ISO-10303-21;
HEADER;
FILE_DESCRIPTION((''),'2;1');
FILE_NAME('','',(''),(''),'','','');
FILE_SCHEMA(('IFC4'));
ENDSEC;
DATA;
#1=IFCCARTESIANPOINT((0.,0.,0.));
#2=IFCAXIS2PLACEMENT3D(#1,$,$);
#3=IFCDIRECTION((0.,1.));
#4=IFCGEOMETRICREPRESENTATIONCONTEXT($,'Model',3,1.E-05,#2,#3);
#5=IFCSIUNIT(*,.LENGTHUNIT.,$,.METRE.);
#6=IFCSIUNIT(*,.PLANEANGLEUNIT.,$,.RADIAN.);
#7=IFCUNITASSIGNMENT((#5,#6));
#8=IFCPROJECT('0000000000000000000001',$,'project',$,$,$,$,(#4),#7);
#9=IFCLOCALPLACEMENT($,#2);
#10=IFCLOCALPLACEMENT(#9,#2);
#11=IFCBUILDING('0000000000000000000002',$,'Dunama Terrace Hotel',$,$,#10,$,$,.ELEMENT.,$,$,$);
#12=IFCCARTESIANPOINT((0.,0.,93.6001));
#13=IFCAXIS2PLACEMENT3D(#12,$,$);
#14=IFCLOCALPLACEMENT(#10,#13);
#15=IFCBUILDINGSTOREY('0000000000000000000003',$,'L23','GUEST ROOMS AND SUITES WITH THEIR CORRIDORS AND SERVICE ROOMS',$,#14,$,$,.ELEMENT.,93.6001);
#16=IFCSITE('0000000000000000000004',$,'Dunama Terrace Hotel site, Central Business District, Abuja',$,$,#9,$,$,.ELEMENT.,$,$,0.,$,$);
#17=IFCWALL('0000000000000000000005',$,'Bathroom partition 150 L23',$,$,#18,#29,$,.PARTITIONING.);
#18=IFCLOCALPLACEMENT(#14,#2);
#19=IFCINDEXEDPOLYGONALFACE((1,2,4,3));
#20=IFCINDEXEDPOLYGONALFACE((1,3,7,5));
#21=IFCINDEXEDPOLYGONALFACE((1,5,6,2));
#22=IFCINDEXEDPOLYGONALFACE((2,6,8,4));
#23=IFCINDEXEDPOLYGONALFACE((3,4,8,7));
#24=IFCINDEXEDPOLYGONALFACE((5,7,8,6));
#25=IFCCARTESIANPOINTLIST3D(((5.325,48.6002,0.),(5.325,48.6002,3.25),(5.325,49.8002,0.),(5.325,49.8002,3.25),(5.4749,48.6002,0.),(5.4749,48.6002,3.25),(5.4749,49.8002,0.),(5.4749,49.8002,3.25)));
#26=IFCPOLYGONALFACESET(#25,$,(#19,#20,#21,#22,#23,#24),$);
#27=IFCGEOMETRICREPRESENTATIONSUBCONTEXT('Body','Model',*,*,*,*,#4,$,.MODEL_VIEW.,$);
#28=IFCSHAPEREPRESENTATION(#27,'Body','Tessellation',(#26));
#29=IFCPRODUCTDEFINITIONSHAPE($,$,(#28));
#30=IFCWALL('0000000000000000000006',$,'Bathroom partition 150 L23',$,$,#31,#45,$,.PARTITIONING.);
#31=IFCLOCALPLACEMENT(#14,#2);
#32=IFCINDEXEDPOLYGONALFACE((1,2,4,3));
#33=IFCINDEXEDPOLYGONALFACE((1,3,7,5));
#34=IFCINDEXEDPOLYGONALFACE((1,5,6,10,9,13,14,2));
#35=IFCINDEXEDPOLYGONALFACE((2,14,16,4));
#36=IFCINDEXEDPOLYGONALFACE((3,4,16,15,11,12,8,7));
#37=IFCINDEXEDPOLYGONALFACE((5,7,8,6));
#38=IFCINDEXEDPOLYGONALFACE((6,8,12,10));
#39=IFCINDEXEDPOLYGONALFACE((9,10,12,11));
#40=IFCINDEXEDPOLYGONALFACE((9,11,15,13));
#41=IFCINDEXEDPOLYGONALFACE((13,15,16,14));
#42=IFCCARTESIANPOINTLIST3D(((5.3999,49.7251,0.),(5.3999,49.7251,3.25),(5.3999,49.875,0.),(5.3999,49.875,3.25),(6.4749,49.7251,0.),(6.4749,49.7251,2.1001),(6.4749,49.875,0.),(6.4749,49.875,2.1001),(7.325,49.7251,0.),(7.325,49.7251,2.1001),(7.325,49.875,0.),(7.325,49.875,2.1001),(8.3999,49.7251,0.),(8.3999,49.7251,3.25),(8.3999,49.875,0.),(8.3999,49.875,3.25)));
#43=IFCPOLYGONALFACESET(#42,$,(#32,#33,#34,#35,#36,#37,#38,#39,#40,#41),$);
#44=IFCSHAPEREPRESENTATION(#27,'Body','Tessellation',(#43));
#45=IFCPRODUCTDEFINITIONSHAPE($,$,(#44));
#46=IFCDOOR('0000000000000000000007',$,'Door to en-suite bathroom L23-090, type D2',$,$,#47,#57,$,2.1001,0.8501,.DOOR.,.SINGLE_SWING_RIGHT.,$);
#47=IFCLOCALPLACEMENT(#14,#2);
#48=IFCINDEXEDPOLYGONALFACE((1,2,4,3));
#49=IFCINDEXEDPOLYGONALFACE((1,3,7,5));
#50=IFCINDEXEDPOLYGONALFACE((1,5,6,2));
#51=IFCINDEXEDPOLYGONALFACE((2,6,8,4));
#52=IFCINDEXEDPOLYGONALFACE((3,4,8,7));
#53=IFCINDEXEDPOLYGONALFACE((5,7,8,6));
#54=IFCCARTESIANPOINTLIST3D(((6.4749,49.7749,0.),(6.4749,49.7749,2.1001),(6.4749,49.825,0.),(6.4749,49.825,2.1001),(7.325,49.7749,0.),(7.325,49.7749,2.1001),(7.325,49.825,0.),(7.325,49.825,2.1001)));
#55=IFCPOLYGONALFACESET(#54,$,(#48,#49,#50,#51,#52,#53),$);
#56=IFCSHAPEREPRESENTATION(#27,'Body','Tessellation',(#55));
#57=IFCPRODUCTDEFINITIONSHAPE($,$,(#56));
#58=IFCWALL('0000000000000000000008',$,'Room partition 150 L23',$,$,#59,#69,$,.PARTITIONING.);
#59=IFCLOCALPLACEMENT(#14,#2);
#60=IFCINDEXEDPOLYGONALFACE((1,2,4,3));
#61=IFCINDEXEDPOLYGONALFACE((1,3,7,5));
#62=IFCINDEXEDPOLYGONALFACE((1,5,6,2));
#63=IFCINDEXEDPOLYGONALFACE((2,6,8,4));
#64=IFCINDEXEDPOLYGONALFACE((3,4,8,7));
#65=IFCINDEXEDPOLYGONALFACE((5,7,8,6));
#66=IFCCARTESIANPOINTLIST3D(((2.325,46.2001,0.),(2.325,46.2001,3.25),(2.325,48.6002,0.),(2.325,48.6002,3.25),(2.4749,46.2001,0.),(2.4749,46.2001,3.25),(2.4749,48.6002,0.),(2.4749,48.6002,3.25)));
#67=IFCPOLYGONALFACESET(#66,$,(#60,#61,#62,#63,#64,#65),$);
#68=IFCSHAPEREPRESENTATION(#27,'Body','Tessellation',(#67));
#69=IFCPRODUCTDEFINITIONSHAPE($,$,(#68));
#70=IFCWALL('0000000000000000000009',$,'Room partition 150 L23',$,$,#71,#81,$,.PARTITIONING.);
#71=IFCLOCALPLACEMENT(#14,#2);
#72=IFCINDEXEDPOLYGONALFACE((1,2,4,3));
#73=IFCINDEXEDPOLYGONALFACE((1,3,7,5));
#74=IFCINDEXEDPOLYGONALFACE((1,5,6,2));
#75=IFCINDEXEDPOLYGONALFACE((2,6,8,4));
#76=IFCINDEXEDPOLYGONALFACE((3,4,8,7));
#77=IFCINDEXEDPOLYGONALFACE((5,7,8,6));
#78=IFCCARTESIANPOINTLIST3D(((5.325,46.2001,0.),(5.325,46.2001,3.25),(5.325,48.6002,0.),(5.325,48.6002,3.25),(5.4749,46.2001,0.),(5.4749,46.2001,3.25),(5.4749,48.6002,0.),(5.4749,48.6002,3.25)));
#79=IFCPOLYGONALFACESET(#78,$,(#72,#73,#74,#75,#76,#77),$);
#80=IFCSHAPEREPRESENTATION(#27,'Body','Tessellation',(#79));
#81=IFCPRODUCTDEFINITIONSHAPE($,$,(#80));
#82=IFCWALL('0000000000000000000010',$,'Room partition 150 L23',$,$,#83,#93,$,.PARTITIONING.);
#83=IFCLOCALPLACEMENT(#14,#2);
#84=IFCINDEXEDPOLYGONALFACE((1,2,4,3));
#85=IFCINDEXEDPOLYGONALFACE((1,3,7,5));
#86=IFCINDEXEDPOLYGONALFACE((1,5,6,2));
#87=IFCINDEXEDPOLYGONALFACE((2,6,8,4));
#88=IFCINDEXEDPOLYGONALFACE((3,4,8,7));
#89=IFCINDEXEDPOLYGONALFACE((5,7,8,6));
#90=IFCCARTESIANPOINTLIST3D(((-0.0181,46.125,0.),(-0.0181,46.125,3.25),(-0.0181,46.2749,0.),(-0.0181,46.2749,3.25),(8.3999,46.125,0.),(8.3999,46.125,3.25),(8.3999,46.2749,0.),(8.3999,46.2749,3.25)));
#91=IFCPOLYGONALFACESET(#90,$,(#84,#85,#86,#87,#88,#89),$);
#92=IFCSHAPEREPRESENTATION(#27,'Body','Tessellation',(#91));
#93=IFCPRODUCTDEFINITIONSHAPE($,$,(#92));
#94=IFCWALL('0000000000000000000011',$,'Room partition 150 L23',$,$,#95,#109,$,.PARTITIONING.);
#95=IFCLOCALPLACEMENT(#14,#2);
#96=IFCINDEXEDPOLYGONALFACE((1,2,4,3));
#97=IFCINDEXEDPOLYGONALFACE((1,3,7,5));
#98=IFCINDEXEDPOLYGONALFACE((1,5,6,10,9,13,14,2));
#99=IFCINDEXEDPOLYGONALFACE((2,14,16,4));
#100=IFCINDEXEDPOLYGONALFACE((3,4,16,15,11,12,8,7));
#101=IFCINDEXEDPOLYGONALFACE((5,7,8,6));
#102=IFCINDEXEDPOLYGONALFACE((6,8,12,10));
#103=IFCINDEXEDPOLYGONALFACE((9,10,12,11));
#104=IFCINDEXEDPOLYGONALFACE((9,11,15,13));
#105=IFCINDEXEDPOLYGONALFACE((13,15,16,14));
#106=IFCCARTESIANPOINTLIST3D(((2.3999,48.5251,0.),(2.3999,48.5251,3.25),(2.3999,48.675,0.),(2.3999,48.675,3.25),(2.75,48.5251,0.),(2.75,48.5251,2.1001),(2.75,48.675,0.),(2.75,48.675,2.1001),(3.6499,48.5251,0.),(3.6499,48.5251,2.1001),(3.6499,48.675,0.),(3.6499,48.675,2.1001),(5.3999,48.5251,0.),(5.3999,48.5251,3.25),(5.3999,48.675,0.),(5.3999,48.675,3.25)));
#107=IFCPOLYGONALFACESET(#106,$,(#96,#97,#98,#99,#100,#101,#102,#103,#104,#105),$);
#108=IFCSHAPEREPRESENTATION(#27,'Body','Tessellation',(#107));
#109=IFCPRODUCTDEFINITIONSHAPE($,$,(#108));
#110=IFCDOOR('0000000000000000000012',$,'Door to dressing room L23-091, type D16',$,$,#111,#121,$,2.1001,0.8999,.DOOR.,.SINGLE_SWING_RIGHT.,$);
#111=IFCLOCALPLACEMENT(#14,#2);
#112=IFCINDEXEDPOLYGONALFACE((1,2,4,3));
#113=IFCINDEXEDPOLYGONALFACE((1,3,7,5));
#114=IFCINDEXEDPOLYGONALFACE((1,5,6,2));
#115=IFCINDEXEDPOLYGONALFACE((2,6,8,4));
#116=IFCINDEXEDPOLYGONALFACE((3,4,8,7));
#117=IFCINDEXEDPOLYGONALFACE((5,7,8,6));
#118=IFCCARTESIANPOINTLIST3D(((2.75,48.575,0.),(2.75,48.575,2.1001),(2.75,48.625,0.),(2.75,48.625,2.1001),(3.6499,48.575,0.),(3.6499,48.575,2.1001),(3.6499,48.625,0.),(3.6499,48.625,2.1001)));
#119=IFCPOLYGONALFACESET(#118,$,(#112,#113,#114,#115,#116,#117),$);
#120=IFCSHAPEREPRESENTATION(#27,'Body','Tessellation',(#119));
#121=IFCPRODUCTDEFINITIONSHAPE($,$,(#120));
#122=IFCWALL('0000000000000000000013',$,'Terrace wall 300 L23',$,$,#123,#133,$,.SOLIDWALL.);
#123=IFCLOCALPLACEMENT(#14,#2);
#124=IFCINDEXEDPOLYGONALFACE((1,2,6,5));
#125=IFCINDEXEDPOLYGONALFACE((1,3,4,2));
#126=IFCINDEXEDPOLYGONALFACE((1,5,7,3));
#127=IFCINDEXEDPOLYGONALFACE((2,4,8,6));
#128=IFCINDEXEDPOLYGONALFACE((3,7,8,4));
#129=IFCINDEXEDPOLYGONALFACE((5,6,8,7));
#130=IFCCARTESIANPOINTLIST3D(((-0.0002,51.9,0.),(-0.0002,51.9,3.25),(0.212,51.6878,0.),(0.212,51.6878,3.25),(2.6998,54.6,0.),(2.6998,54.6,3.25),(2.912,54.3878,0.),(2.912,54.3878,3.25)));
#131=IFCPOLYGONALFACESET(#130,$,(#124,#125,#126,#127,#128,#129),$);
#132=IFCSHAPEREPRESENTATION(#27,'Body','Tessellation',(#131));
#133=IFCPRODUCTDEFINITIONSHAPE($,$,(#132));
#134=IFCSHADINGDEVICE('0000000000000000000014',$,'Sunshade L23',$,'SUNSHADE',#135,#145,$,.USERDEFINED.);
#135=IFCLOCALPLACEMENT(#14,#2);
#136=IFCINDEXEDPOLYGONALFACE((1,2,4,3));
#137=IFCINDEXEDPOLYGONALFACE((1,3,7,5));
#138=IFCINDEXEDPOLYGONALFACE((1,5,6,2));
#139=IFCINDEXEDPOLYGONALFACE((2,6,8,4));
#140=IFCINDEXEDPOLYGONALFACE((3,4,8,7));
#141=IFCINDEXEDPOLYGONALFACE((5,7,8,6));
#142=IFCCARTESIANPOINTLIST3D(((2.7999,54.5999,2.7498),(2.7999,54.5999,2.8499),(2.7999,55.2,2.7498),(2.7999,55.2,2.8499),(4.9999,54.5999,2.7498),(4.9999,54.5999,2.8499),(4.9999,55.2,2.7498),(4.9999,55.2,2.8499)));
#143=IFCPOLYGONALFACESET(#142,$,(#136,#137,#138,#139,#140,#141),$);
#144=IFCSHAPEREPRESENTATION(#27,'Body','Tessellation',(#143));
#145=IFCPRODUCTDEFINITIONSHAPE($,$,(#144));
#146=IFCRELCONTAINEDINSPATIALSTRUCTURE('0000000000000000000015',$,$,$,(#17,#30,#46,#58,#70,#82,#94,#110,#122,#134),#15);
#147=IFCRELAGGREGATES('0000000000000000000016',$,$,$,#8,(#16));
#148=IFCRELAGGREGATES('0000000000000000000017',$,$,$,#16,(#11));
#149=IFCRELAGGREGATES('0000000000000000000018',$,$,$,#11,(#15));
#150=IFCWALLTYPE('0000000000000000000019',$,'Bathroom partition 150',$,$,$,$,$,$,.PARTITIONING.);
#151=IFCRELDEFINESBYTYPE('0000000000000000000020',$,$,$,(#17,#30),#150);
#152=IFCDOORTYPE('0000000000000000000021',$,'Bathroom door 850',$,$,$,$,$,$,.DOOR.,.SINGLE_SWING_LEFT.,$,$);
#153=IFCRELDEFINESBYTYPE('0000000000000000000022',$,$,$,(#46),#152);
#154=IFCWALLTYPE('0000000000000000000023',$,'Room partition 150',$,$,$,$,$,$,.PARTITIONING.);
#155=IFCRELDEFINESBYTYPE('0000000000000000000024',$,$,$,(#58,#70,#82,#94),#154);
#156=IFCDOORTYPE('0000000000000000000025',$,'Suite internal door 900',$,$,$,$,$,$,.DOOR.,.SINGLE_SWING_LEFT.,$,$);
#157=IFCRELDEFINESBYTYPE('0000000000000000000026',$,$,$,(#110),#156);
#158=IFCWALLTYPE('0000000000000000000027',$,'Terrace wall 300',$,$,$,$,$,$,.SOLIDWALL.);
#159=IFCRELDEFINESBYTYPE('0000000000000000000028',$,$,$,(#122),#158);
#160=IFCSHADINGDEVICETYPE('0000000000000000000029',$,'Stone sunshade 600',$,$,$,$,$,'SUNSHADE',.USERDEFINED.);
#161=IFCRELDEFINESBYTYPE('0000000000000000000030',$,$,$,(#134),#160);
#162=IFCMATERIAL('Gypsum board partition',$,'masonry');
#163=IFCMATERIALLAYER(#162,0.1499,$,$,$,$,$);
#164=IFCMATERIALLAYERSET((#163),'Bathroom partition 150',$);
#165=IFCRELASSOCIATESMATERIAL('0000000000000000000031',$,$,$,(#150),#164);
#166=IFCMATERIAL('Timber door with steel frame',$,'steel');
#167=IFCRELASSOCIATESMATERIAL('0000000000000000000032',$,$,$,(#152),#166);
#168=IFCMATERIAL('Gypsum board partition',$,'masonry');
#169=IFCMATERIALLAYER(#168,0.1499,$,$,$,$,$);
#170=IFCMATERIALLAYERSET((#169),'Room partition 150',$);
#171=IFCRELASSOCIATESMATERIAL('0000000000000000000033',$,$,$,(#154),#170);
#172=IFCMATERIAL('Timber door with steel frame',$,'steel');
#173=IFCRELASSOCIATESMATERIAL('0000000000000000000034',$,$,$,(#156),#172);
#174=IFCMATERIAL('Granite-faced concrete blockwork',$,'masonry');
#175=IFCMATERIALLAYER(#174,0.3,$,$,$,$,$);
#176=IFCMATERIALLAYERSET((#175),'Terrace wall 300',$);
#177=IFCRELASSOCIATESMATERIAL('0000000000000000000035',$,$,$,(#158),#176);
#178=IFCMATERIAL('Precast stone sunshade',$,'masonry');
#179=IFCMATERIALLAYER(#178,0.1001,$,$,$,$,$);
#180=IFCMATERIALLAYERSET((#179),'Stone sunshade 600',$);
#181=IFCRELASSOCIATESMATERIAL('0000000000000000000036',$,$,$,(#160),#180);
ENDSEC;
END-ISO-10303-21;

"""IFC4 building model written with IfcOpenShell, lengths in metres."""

from ifc_helpers import new_model, si_unit, direction, frame, frame_2d, origin, origin_2d, place, context, subcontext, project, spatial, rectangle, extrude, material, layer, layer_set, type_object, element, fill, save


model = new_model("IFC4")

# Units and contexts
model_context = context("Model", 3, precision=1e-05, world=origin(), true_north=direction((0.0, 1.0)))
body_context = subcontext(model_context, "Body", "Model", "MODEL_VIEW")
ifc_project = project(units=[si_unit("LENGTHUNIT", "METRE"), si_unit("PLANEANGLEUNIT", "RADIAN")], contexts=[model_context])

# Site, building, storey
site_placement = place(None, origin())
site = spatial("IfcSite", under=ifc_project, at=site_placement, Name="Dunama Terrace Hotel site, Central Business District, Abuja", CompositionType="ELEMENT", RefElevation=0.0)
building_placement = place(site_placement, origin())
building = spatial("IfcBuilding", under=site, at=building_placement, Name="Dunama Terrace Hotel", CompositionType="ELEMENT")
storey_placement = place(building_placement, frame((0.0, 0.0, 93.6001)))
storey = spatial("IfcBuildingStorey", under=building, at=storey_placement, Name="L23", Description="GUEST ROOMS AND SUITES WITH THEIR CORRIDORS AND SERVICE ROOMS", CompositionType="ELEMENT", Elevation=93.6001)

# Wall
ifc_material_1 = material(Name="Gypsum board partition", Category="masonry")
ifc_layer_1 = layer(ifc_material_1, 0.1499)
ifc_layer_set_1 = layer_set([ifc_layer_1], Name="Bathroom partition 150")
wall_type_1 = type_object("IfcWallType", Name="Bathroom partition 150", PredefinedType="PARTITIONING", material=ifc_layer_set_1)
wall_1_placement = place(storey_placement, frame((5.3999, 48.6001, 0.0), z_axis=(0.0, 0.0, 1.0), x_axis=(0.0, 1.0, 0.0)))
element("IfcWall", 1, at=wall_1_placement, inside=storey, type_object=wall_type_1, Name="Bathroom partition 150 L23", PredefinedType="PARTITIONING", context=body_context, shape_type="SweptSolid", body=[
    extrude(rectangle(XDim=1.2, YDim=0.1499, at=frame_2d((0.6001, 0.0))), origin(), (0.0, 0.0, 1.0), 3.25),
])

# Wall, opening, door
wall_2_placement = place(storey_placement, frame((5.3999, 49.8, 0.0), z_axis=(0.0, 0.0, 1.0), x_axis=(1.0, 0.0, 0.0)))
wall_2 = element("IfcWall", 2, at=wall_2_placement, inside=storey, type_object=wall_type_1, Name="Bathroom partition 150 L23", PredefinedType="PARTITIONING", context=body_context, shape_type="SweptSolid", body=[
    extrude(rectangle(XDim=3.0, YDim=0.1499, at=frame_2d((1.5, 0.0))), origin(), (0.0, 0.0, 1.0), 3.25),
])
opening_1_placement = place(wall_2_placement, frame((1.075, 0.0, 0.0)))
opening_1 = element("IfcOpeningElement", 3, at=opening_1_placement, cuts=wall_2, PredefinedType="OPENING", context=body_context, shape_type="SweptSolid", body=[
    extrude(rectangle(XDim=0.8501, YDim=2.1001, at=frame_2d((0.425, 1.05))), frame((0.0, 0.085, 0.0), z_axis=(0.0, -1.0, 0.0), x_axis=(1.0, 0.0, 0.0)), (0.0, 0.0, 1.0), 0.1699),
])
ifc_material_2 = material(Name="Timber door with steel frame", Category="steel")
door_type_1 = type_object("IfcDoorType", Name="Bathroom door 850", OperationType="SINGLE_SWING_LEFT", PredefinedType="DOOR", material=ifc_material_2)
door_1_placement = place(opening_1_placement, frame((0.8501, 0.0, 0.0), z_axis=(0.0, 0.0, 1.0), x_axis=(-1.0, 0.0, 0.0)))
door_1 = element("IfcDoor", 4, at=door_1_placement, inside=storey, type_object=door_type_1, Name="Door to en-suite bathroom L23-090, type D2", OperationType="SINGLE_SWING_RIGHT", OverallHeight=2.1001, OverallWidth=0.8501, PredefinedType="DOOR", context=body_context, shape_type="SweptSolid", body=[
    extrude(rectangle(XDim=0.8501, YDim=2.1001, at=frame_2d((0.425, 1.05))), frame((0.0, 0.0251, 0.0), z_axis=(0.0, -1.0, 0.0), x_axis=(1.0, 0.0, 0.0)), (0.0, 0.0, 1.0), 0.05),
])
fill(opening_1, door_1)

# Walls
ifc_material_3 = material(Name="Gypsum board partition", Category="masonry")
ifc_layer_2 = layer(ifc_material_3, 0.1499)
ifc_layer_set_2 = layer_set([ifc_layer_2], Name="Room partition 150")
wall_type_2 = type_object("IfcWallType", Name="Room partition 150", PredefinedType="PARTITIONING", material=ifc_layer_set_2)
for number, where, z_axis, x_axis, name in (
    (5, (2.3999, 46.2, 0.0), (0.0, 0.0, 1.0), (0.0, 1.0, 0.0), "Room partition 150 L23"),
    (6, (5.3999, 46.2, 0.0), (0.0, 0.0, 1.0), (0.0, 1.0, 0.0), "Room partition 150 L23"),
):
    element("IfcWall", number, at=place(storey_placement, frame(where, z_axis=z_axis, x_axis=x_axis)), inside=storey, type_object=wall_type_2, Name=name, PredefinedType="PARTITIONING", context=body_context, shape_type="SweptSolid", body=[
        extrude(rectangle(XDim=2.4001, YDim=0.1499, at=frame_2d((1.2002, 0.0))), origin(), (0.0, 0.0, 1.0), 3.25),
    ])
wall_3_placement = place(storey_placement, frame((-0.0181, 46.2, 0.0), z_axis=(0.0, 0.0, 1.0), x_axis=(1.0, 0.0, 0.0)))
element("IfcWall", 7, at=wall_3_placement, inside=storey, type_object=wall_type_2, Name="Room partition 150 L23", PredefinedType="PARTITIONING", context=body_context, shape_type="SweptSolid", body=[
    extrude(rectangle(XDim=8.418, YDim=0.1499, at=frame_2d((4.209, 0.0))), origin(), (0.0, 0.0, 1.0), 3.25),
])

# Wall, opening, door
wall_4_placement = place(storey_placement, frame((2.3999, 48.6001, 0.0), z_axis=(0.0, 0.0, 1.0), x_axis=(1.0, 0.0, 0.0)))
wall_4 = element("IfcWall", 8, at=wall_4_placement, inside=storey, type_object=wall_type_2, Name="Room partition 150 L23", PredefinedType="PARTITIONING", context=body_context, shape_type="SweptSolid", body=[
    extrude(rectangle(XDim=3.0, YDim=0.1499, at=frame_2d((1.5, 0.0))), origin(), (0.0, 0.0, 1.0), 3.25),
])
opening_2_placement = place(wall_4_placement, frame((0.3501, 0.0, 0.0)))
opening_2 = element("IfcOpeningElement", 9, at=opening_2_placement, cuts=wall_4, PredefinedType="OPENING", context=body_context, shape_type="SweptSolid", body=[
    extrude(rectangle(XDim=0.8999, YDim=2.1001, at=frame_2d((0.45, 1.05))), frame((0.0, 0.085, 0.0), z_axis=(0.0, -1.0, 0.0), x_axis=(1.0, 0.0, 0.0)), (0.0, 0.0, 1.0), 0.1699),
])
ifc_material_4 = material(Name="Timber door with steel frame", Category="steel")
door_type_2 = type_object("IfcDoorType", Name="Suite internal door 900", OperationType="SINGLE_SWING_LEFT", PredefinedType="DOOR", material=ifc_material_4)
door_2_placement = place(opening_2_placement, frame((0.8999, 0.0, 0.0), z_axis=(0.0, 0.0, 1.0), x_axis=(-1.0, 0.0, 0.0)))
door_2 = element("IfcDoor", 10, at=door_2_placement, inside=storey, type_object=door_type_2, Name="Door to dressing room L23-091, type D16", OperationType="SINGLE_SWING_RIGHT", OverallHeight=2.1001, OverallWidth=0.8999, PredefinedType="DOOR", context=body_context, shape_type="SweptSolid", body=[
    extrude(rectangle(XDim=0.8999, YDim=2.1001, at=frame_2d((0.45, 1.05))), frame((0.0, 0.0251, 0.0), z_axis=(0.0, -1.0, 0.0), x_axis=(1.0, 0.0, 0.0)), (0.0, 0.0, 1.0), 0.05),
])
fill(opening_2, door_2)

# Wall
ifc_material_5 = material(Name="Granite-faced concrete blockwork", Category="masonry")
ifc_layer_3 = layer(ifc_material_5, 0.3)
ifc_layer_set_3 = layer_set([ifc_layer_3], Name="Terrace wall 300")
wall_type_3 = type_object("IfcWallType", Name="Terrace wall 300", PredefinedType="SOLIDWALL", material=ifc_layer_set_3)
wall_5_placement = place(storey_placement, frame((2.8059, 54.4939, 0.0), z_axis=(0.0, 0.0, 1.0), x_axis=(-0.707107, -0.707107, 0.0)))
element("IfcWall", 11, at=wall_5_placement, inside=storey, type_object=wall_type_3, Name="Terrace wall 300 L23", PredefinedType="SOLIDWALL", context=body_context, shape_type="SweptSolid", body=[
    extrude(rectangle(XDim=3.8184, YDim=0.3, at=frame_2d((1.9092, 0.0))), origin(), (0.0, 0.0, 1.0), 3.25),
])

# Shading device
ifc_material_6 = material(Name="Precast stone sunshade", Category="masonry")
ifc_layer_4 = layer(ifc_material_6, 0.1001)
ifc_layer_set_4 = layer_set([ifc_layer_4], Name="Stone sunshade 600")
shading_device_type = type_object("IfcShadingDeviceType", Name="Stone sunshade 600", ElementType="SUNSHADE", PredefinedType="USERDEFINED", material=ifc_layer_set_4)
shading_device_placement = place(storey_placement, frame((3.8999, 54.8999, 2.7498), z_axis=(0.0, 0.0, 1.0), x_axis=(-1.0, 0.0, 0.0)))
element("IfcShadingDevice", 12, at=shading_device_placement, inside=storey, type_object=shading_device_type, Name="Sunshade L23", ObjectType="SUNSHADE", PredefinedType="USERDEFINED", context=body_context, shape_type="SweptSolid", body=[
    extrude(rectangle(XDim=2.2, YDim=0.6001, at=origin_2d()), origin(), (0.0, 0.0, 1.0), 0.1001),
])

save(model, "model.ifc")
